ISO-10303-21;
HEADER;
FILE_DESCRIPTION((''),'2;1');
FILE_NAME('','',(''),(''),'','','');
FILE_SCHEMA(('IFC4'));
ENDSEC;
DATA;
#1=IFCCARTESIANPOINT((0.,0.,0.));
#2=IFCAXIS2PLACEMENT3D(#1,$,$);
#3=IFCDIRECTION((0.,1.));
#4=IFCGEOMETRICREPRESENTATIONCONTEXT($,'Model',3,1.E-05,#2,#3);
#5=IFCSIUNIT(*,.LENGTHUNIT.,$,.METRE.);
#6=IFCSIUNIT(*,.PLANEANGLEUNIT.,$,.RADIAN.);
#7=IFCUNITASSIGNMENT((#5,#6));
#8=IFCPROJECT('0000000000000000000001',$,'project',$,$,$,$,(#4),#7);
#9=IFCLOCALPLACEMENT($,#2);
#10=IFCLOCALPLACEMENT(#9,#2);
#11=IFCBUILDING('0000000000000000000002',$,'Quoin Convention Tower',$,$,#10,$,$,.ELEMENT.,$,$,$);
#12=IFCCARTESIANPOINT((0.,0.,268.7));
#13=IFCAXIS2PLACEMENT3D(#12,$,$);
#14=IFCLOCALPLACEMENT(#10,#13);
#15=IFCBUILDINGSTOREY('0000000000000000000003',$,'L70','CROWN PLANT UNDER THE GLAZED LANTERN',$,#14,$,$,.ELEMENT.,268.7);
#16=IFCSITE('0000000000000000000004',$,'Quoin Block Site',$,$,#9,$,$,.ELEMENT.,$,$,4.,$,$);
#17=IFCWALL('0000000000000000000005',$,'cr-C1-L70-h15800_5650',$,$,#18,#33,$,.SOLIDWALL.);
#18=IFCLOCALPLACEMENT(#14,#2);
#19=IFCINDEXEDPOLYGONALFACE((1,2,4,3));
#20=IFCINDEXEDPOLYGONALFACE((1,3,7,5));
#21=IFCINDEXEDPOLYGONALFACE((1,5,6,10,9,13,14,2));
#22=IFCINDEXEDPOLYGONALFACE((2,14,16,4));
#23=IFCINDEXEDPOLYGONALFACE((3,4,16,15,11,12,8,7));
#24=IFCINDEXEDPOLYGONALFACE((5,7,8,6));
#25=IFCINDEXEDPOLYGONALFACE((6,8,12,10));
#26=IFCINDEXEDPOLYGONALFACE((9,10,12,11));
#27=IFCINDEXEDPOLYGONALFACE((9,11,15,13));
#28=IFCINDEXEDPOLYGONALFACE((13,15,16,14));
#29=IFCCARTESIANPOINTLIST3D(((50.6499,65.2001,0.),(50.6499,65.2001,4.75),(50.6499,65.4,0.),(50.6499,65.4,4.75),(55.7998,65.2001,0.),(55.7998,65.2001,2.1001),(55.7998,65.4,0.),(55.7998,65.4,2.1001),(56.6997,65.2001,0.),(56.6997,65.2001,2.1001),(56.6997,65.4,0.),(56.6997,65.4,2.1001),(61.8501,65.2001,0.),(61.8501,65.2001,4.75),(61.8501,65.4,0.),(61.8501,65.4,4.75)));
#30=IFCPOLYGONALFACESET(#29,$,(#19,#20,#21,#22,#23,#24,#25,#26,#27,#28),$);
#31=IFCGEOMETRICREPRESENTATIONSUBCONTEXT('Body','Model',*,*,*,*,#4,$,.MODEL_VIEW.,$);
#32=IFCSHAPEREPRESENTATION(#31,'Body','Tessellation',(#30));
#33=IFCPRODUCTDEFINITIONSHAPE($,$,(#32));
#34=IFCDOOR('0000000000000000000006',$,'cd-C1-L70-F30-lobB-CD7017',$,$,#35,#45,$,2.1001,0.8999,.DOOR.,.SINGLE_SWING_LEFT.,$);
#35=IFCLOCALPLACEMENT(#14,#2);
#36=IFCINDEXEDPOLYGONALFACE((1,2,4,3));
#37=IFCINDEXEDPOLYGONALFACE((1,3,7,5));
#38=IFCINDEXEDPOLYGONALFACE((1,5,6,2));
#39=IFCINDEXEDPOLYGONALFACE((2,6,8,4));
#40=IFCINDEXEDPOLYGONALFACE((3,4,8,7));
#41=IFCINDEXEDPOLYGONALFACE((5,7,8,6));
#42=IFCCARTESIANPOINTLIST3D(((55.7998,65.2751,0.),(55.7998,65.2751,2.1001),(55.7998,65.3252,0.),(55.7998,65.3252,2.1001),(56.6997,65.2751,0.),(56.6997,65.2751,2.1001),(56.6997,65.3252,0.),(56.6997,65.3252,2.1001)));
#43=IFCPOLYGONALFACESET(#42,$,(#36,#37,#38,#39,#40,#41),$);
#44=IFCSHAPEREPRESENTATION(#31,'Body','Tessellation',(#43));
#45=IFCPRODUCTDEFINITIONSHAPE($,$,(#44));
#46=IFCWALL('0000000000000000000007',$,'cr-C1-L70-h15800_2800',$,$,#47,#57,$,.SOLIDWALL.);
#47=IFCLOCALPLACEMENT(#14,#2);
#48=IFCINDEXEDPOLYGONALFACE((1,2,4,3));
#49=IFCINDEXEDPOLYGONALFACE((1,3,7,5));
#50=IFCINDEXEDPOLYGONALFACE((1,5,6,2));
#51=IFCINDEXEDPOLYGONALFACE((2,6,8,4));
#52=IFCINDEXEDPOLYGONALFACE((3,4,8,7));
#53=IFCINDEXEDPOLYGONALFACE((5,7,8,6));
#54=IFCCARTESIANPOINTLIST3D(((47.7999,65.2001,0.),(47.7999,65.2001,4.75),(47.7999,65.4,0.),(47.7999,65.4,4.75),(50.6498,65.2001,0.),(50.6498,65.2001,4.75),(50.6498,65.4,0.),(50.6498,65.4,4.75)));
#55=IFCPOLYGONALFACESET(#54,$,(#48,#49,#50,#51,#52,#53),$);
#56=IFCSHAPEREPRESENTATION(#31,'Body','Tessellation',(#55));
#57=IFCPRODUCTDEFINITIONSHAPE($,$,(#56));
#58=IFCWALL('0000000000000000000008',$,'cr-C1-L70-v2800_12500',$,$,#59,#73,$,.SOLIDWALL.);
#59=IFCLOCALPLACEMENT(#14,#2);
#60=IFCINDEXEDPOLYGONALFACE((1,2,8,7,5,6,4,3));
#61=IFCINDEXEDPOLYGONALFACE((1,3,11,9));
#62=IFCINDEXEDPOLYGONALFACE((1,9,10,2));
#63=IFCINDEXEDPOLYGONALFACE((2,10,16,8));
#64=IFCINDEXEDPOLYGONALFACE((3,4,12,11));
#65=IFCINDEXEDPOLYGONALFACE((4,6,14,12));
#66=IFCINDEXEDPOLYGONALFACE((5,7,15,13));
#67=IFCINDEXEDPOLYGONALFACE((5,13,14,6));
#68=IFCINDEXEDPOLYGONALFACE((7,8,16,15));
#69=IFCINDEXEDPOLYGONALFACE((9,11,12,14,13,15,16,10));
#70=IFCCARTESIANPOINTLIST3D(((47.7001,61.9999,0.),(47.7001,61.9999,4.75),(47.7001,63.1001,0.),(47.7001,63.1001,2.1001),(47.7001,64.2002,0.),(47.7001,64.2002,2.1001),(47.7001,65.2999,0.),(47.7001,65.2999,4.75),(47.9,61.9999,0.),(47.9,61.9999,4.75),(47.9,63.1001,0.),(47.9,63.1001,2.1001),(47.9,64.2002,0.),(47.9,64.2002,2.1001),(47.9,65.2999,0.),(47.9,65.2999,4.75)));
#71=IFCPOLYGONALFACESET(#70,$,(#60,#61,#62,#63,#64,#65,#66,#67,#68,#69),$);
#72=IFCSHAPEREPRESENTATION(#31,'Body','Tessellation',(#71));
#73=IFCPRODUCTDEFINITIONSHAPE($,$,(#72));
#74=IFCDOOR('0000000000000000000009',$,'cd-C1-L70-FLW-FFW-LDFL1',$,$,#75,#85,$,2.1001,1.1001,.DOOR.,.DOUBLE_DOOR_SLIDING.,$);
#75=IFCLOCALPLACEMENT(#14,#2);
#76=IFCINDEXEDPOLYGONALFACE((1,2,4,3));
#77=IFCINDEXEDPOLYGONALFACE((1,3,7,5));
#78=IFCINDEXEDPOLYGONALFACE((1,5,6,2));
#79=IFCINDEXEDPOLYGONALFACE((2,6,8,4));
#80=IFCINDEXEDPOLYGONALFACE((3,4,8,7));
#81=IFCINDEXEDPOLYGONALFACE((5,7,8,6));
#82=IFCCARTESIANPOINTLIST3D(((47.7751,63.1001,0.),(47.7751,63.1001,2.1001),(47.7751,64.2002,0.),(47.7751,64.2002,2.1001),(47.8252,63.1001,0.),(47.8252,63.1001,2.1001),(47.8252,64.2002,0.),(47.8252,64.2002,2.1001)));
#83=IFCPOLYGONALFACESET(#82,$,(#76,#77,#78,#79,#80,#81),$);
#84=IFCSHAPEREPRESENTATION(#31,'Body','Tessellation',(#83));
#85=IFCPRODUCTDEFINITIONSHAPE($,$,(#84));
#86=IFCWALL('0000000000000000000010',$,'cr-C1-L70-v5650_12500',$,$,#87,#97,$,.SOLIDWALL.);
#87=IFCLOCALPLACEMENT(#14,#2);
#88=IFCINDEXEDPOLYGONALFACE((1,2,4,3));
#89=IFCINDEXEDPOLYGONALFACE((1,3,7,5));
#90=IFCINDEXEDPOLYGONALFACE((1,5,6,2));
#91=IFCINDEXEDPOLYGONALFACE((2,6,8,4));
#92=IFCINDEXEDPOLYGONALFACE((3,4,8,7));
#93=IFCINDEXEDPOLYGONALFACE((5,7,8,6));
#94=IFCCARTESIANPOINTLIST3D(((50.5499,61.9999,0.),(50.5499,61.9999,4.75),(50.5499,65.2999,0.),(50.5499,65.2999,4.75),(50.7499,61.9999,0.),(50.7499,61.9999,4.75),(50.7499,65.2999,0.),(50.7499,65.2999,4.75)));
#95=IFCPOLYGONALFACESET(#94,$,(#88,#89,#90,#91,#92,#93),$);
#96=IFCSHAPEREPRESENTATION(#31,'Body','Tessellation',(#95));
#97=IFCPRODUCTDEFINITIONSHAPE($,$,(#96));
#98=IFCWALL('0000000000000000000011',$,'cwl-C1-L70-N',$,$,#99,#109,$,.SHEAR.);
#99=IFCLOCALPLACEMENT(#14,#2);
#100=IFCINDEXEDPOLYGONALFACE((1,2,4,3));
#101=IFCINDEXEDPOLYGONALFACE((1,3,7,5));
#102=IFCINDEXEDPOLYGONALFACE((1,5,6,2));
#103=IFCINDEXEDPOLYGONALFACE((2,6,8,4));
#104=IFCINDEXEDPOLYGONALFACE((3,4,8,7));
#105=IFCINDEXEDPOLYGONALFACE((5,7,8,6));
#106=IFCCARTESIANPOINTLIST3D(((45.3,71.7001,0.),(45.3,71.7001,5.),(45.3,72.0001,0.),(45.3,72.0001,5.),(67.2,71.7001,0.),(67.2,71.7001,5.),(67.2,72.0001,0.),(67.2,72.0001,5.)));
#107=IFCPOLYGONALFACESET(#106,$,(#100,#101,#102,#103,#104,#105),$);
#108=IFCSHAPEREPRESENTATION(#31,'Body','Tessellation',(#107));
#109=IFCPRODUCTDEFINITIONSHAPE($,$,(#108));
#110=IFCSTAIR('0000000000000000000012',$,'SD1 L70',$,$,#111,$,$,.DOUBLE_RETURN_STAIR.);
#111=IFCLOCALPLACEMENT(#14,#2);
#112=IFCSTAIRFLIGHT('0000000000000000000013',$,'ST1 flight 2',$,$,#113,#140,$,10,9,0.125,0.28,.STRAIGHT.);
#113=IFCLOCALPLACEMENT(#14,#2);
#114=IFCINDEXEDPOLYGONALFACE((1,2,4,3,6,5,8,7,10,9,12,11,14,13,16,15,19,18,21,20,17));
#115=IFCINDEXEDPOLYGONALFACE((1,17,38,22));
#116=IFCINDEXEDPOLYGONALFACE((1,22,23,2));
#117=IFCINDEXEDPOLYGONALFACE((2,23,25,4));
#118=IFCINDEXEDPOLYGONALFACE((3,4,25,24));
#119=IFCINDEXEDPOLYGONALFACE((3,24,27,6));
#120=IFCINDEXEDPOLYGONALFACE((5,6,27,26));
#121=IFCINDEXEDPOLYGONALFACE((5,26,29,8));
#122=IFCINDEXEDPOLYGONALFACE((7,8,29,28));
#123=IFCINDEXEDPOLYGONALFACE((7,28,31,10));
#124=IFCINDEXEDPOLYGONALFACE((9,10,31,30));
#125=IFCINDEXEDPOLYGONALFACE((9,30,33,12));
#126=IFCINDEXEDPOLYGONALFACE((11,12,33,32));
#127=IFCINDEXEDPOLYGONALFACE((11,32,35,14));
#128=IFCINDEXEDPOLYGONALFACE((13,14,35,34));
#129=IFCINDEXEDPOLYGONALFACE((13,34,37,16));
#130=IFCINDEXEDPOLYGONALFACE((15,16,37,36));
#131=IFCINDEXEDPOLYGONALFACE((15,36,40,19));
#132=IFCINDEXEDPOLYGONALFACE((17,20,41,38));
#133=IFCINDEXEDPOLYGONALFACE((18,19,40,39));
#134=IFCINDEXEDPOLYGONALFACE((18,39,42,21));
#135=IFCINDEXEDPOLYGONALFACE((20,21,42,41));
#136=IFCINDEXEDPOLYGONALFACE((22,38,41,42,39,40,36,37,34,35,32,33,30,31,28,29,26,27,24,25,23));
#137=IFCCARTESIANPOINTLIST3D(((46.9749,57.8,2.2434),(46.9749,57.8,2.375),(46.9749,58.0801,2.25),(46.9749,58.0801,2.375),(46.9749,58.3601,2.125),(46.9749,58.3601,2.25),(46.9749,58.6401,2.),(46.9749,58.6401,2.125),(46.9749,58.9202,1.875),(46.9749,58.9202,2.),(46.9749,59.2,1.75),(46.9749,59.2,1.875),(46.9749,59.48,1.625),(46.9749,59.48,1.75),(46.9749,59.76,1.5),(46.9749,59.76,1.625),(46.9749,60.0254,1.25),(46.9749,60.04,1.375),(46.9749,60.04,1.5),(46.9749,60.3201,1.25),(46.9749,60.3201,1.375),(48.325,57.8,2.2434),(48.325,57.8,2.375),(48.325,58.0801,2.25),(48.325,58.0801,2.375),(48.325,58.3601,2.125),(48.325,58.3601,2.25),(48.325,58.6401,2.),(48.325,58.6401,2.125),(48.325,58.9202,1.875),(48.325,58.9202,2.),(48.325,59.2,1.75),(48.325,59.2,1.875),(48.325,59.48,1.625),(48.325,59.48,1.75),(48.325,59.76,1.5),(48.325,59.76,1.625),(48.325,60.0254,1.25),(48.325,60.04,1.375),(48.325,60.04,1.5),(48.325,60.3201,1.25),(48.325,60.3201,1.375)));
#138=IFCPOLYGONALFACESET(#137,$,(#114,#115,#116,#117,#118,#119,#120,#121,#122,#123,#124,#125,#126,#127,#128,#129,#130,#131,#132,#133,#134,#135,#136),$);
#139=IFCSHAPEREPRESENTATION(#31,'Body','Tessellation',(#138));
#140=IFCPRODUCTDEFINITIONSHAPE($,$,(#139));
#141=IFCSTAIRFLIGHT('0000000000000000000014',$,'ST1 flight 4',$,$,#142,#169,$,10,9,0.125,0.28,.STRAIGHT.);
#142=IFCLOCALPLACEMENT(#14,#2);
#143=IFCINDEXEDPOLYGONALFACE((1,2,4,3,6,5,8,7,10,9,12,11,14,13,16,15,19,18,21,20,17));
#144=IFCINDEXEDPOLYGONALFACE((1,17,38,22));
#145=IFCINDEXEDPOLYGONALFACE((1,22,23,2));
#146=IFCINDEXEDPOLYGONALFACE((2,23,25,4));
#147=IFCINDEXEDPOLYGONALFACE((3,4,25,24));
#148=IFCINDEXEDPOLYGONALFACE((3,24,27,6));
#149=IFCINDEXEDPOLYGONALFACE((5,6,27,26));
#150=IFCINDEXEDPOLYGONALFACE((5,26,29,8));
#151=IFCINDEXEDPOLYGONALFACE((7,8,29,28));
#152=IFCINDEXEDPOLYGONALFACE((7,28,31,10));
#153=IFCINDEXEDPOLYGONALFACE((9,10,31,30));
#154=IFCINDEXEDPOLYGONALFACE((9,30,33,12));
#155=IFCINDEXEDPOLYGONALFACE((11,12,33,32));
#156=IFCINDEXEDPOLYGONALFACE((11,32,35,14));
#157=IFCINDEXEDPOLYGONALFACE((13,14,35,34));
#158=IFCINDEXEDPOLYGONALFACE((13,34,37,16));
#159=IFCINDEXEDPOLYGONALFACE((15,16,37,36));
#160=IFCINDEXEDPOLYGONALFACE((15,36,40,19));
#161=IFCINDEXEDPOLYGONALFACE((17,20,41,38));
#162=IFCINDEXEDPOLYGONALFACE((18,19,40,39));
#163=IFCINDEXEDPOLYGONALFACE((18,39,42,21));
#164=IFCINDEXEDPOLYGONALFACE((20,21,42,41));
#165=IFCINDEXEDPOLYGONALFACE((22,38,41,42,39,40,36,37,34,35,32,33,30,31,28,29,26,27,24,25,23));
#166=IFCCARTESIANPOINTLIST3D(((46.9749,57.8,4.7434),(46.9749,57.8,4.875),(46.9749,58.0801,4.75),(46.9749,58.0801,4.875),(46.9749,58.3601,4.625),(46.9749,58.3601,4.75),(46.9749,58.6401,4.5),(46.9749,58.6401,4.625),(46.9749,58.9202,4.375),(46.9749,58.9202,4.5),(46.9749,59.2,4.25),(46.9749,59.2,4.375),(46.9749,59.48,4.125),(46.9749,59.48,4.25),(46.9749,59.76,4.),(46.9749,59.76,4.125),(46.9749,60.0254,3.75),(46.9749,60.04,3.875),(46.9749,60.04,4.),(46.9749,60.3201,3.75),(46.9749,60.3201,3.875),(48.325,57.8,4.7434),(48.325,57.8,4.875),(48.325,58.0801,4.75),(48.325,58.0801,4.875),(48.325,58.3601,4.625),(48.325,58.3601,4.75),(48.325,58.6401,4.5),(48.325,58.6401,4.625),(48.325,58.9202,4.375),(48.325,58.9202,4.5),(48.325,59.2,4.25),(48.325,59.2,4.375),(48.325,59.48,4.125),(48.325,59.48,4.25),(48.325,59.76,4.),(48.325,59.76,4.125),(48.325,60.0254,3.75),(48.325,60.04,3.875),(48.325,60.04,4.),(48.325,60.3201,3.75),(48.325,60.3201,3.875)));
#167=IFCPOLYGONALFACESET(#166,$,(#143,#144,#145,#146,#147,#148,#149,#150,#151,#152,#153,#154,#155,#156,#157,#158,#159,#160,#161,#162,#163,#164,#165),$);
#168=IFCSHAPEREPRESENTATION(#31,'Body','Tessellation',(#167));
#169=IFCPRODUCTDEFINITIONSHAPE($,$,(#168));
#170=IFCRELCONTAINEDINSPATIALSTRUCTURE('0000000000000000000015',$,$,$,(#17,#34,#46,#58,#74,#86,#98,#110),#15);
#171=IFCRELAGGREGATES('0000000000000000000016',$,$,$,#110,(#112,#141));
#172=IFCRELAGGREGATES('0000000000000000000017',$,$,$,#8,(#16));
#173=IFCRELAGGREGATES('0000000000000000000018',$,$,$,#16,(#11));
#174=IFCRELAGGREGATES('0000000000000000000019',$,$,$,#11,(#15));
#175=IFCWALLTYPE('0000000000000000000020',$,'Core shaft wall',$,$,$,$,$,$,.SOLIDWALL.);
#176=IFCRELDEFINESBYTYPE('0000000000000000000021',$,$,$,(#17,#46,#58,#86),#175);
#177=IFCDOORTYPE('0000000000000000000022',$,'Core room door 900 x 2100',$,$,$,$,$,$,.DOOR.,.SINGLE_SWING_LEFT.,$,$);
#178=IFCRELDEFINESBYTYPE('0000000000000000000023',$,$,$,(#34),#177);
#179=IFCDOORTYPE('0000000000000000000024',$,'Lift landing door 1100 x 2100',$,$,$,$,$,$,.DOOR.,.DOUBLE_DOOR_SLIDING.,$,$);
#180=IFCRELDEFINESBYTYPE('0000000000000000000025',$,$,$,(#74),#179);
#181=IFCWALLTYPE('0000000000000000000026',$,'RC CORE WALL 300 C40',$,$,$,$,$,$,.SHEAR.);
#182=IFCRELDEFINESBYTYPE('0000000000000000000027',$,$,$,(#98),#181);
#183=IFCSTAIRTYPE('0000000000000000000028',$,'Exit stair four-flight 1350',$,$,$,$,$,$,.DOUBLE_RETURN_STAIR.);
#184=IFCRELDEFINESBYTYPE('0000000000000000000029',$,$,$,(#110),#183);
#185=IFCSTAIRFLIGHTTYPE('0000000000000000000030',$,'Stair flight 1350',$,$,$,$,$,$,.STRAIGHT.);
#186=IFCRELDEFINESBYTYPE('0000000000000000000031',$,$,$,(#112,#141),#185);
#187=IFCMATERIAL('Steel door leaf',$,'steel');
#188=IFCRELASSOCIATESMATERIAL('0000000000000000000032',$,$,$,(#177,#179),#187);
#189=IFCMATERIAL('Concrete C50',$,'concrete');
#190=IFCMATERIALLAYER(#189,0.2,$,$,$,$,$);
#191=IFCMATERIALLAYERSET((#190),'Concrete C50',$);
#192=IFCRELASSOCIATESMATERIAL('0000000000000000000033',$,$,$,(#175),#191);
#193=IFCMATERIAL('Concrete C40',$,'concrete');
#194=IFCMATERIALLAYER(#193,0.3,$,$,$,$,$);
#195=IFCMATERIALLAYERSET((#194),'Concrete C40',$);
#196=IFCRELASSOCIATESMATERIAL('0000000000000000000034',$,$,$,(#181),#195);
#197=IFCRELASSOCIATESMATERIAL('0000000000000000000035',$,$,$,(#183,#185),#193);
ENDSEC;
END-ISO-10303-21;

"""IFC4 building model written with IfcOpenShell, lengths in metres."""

from ifc_helpers import new_model, si_unit, direction, frame, frame_2d, origin, place, context, subcontext, project, spatial, polyline, rectangle, outline, extrude, material, layer, layer_set, type_object, element, fill, aggregate, save


model = new_model("IFC4")

# Units and contexts
model_context = context("Model", 3, precision=1e-05, world=origin(), true_north=direction((0.0, 1.0)))
body_context = subcontext(model_context, "Body", "Model", "MODEL_VIEW")
ifc_project = project(units=[si_unit("LENGTHUNIT", "METRE"), si_unit("PLANEANGLEUNIT", "RADIAN")], contexts=[model_context])

# Site, building, storey
site_placement = place(None, origin())
site = spatial("IfcSite", under=ifc_project, at=site_placement, Name="Quoin Block Site", CompositionType="ELEMENT", RefElevation=4.0)
building_placement = place(site_placement, origin())
building = spatial("IfcBuilding", under=site, at=building_placement, Name="Quoin Convention Tower", CompositionType="ELEMENT")
storey_placement = place(building_placement, frame((0.0, 0.0, 268.7)))
storey = spatial("IfcBuildingStorey", under=building, at=storey_placement, Name="L70", Description="CROWN PLANT UNDER THE GLAZED LANTERN", CompositionType="ELEMENT", Elevation=268.7)

# Shared definitions
ifc_material_1 = material(Name="Steel door leaf", Category="steel")
door_type_1 = type_object("IfcDoorType", Name="Core room door 900 x 2100", OperationType="SINGLE_SWING_LEFT", PredefinedType="DOOR", material=ifc_material_1)

# Shared definitions
ifc_material_2 = material(Name="Concrete C50", Category="concrete")
ifc_layer_1 = layer(ifc_material_2, 0.2)
ifc_layer_set_1 = layer_set([ifc_layer_1], Name="Concrete C50")
wall_type_1 = type_object("IfcWallType", Name="Core shaft wall", PredefinedType="SOLIDWALL", material=ifc_layer_set_1)

# Wall, opening, door
wall_1_placement = place(storey_placement, frame((50.6499, 65.3, 0.0), z_axis=(0.0, 0.0, 1.0), x_axis=(1.0, 0.0, 0.0)))
wall_1 = element("IfcWall", 1, at=wall_1_placement, inside=storey, type_object=wall_type_1, Name="cr-C1-L70-h15800_5650", PredefinedType="SOLIDWALL", context=body_context, shape_type="SweptSolid", body=[
    extrude(rectangle(XDim=11.2002, YDim=0.2, at=frame_2d((5.6001, 0.0))), origin(), (0.0, 0.0, 1.0), 4.75),
])
opening_1_placement = place(wall_1_placement, frame((5.1499, 0.0, 0.0)))
opening_1 = element("IfcOpeningElement", 2, at=opening_1_placement, cuts=wall_1, PredefinedType="OPENING", context=body_context, shape_type="SweptSolid", body=[
    extrude(rectangle(XDim=0.8999, YDim=2.1001, at=frame_2d((0.45, 1.05))), frame((0.0, 0.1099, 0.0), z_axis=(0.0, -1.0, 0.0), x_axis=(1.0, 0.0, 0.0)), (0.0, 0.0, 1.0), 0.22),
])
door_1_placement = place(opening_1_placement, frame((0.8999, 0.0, 0.0), z_axis=(0.0, 0.0, 1.0), x_axis=(-1.0, 0.0, 0.0)))
door_1 = element("IfcDoor", 3, at=door_1_placement, inside=storey, type_object=door_type_1, Name="cd-C1-L70-F30-lobB-CD7017", OperationType="SINGLE_SWING_LEFT", OverallHeight=2.1001, OverallWidth=0.8999, PredefinedType="DOOR", context=body_context, shape_type="SweptSolid", body=[
    extrude(rectangle(XDim=0.8999, YDim=2.1001, at=frame_2d((0.45, 1.05))), frame((0.0, 0.0249, 0.0), z_axis=(0.0, -1.0, 0.0), x_axis=(1.0, 0.0, 0.0)), (0.0, 0.0, 1.0), 0.05),
])
fill(opening_1, door_1)

# Wall
wall_2_placement = place(storey_placement, frame((47.8, 65.3, 0.0), z_axis=(0.0, 0.0, 1.0), x_axis=(1.0, 0.0, 0.0)))
element("IfcWall", 4, at=wall_2_placement, inside=storey, type_object=wall_type_1, Name="cr-C1-L70-h15800_2800", PredefinedType="SOLIDWALL", context=body_context, shape_type="SweptSolid", body=[
    extrude(rectangle(XDim=2.8499, YDim=0.2, at=frame_2d((1.4248, 0.0))), origin(), (0.0, 0.0, 1.0), 4.75),
])

# Wall, opening, door
wall_3_placement = place(storey_placement, frame((47.8, 62.0, 0.0), z_axis=(0.0, 0.0, 1.0), x_axis=(0.0, 1.0, 0.0)))
wall_3 = element("IfcWall", 5, at=wall_3_placement, inside=storey, type_object=wall_type_1, Name="cr-C1-L70-v2800_12500", PredefinedType="SOLIDWALL", context=body_context, shape_type="SweptSolid", body=[
    extrude(rectangle(XDim=3.3, YDim=0.2, at=frame_2d((1.6499, 0.0))), origin(), (0.0, 0.0, 1.0), 4.75),
])
opening_2_placement = place(wall_3_placement, frame((1.1001, 0.0, 0.0)))
opening_2 = element("IfcOpeningElement", 6, at=opening_2_placement, cuts=wall_3, PredefinedType="OPENING", context=body_context, shape_type="SweptSolid", body=[
    extrude(rectangle(XDim=1.1001, YDim=2.1001, at=frame_2d((0.55, 1.05))), frame((0.0, 0.1099, 0.0), z_axis=(0.0, -1.0, 0.0), x_axis=(1.0, 0.0, 0.0)), (0.0, 0.0, 1.0), 0.22),
])
door_type_2 = type_object("IfcDoorType", Name="Lift landing door 1100 x 2100", OperationType="DOUBLE_DOOR_SLIDING", PredefinedType="DOOR", material=ifc_material_1)
door_2_placement = place(opening_2_placement, origin())
door_2 = element("IfcDoor", 7, at=door_2_placement, inside=storey, type_object=door_type_2, Name="cd-C1-L70-FLW-FFW-LDFL1", OperationType="DOUBLE_DOOR_SLIDING", OverallHeight=2.1001, OverallWidth=1.1001, PredefinedType="DOOR", context=body_context, shape_type="SweptSolid", body=[
    extrude(rectangle(XDim=1.1001, YDim=2.1001, at=frame_2d((0.55, 1.05))), frame((0.0, 0.0249, 0.0), z_axis=(0.0, -1.0, 0.0), x_axis=(1.0, 0.0, 0.0)), (0.0, 0.0, 1.0), 0.05),
])
fill(opening_2, door_2)

# Walls
wall_4_placement = place(storey_placement, frame((50.6499, 62.0, 0.0), z_axis=(0.0, 0.0, 1.0), x_axis=(0.0, 1.0, 0.0)))
element("IfcWall", 8, at=wall_4_placement, inside=storey, type_object=wall_type_1, Name="cr-C1-L70-v5650_12500", PredefinedType="SOLIDWALL", context=body_context, shape_type="SweptSolid", body=[
    extrude(rectangle(XDim=3.3, YDim=0.2, at=frame_2d((1.6499, 0.0))), origin(), (0.0, 0.0, 1.0), 4.75),
])
ifc_material_3 = material(Name="Concrete C40", Category="concrete")
ifc_layer_2 = layer(ifc_material_3, 0.3)
ifc_layer_set_2 = layer_set([ifc_layer_2], Name="Concrete C40")
wall_type_2 = type_object("IfcWallType", Name="RC CORE WALL 300 C40", PredefinedType="SHEAR", material=ifc_layer_set_2)
wall_5_placement = place(storey_placement, frame((45.3, 71.8501, 0.0), z_axis=(0.0, 0.0, 1.0), x_axis=(1.0, 0.0, 0.0)))
element("IfcWall", 9, at=wall_5_placement, inside=storey, type_object=wall_type_2, Name="cwl-C1-L70-N", PredefinedType="SHEAR", context=body_context, shape_type="SweptSolid", body=[
    extrude(rectangle(XDim=21.8999, YDim=0.3, at=frame_2d((10.95, 0.0))), origin(), (0.0, 0.0, 1.0), 5.0),
])

# Stair, stair flights
stair_type = type_object("IfcStairType", Name="Exit stair four-flight 1350", PredefinedType="DOUBLE_RETURN_STAIR", material=ifc_material_3)
stair_placement = place(storey_placement, origin())
stair = element("IfcStair", 10, at=stair_placement, inside=storey, type_object=stair_type, Name="SD1 L70", PredefinedType="DOUBLE_RETURN_STAIR")
stair_flight_type = type_object("IfcStairFlightType", Name="Stair flight 1350", PredefinedType="STRAIGHT", material=ifc_material_3)
stair_flight_1_placement = place(storey_placement, frame((47.6499, 60.3201, 1.25), z_axis=(0.0, 0.0, 1.0), x_axis=(0.0, -1.0, 0.0)))
stair_flight_1 = element("IfcStairFlight", 11, at=stair_flight_1_placement, type_object=stair_flight_type, Name="ST1 flight 2", NumberOfRisers=10, NumberOfTreads=9, PredefinedType="STRAIGHT", RiserHeight=0.125, TreadLength=0.28, context=body_context, shape_type="SweptSolid", body=[
    extrude(outline(polyline([(0.0, 0.0), (0.0, 0.125), (0.28, 0.125), (0.28, 0.25), (0.5601, 0.25), (0.5601, 0.375), (0.8401, 0.375), (0.8401, 0.5), (1.1201, 0.5), (1.1201, 0.625), (1.3999, 0.625), (1.3999, 0.75), (1.6799, 0.75), (1.6799, 0.875), (1.96, 0.875), (1.96, 1.0), (2.24, 1.0), (2.24, 1.125), (2.52, 1.125), (2.52, 1.25), (2.52, 0.9934), (0.2947, 0.0), (0.0, 0.0)])), frame((0.0, 0.675, 0.0), z_axis=(0.0, -1.0, 0.0), x_axis=(1.0, 0.0, 0.0)), (0.0, 0.0, 1.0), 1.3501),
])
stair_flight_2_placement = place(storey_placement, frame((47.6499, 60.3201, 3.75), z_axis=(0.0, 0.0, 1.0), x_axis=(0.0, -1.0, 0.0)))
stair_flight_2 = element("IfcStairFlight", 12, at=stair_flight_2_placement, type_object=stair_flight_type, Name="ST1 flight 4", NumberOfRisers=10, NumberOfTreads=9, PredefinedType="STRAIGHT", RiserHeight=0.125, TreadLength=0.28, context=body_context, shape_type="SweptSolid", body=[
    extrude(outline(polyline([(0.0, 0.0), (0.0, 0.125), (0.28, 0.125), (0.28, 0.25), (0.5601, 0.25), (0.5601, 0.375), (0.8401, 0.375), (0.8401, 0.5), (1.1201, 0.5), (1.1201, 0.625), (1.3999, 0.625), (1.3999, 0.75), (1.6799, 0.75), (1.6799, 0.875), (1.96, 0.875), (1.96, 1.0), (2.24, 1.0), (2.24, 1.125), (2.52, 1.125), (2.52, 1.25), (2.52, 0.9934), (0.2947, 0.0), (0.0, 0.0)])), frame((0.0, 0.675, 0.0), z_axis=(0.0, -1.0, 0.0), x_axis=(1.0, 0.0, 0.0)), (0.0, 0.0, 1.0), 1.3501),
])
aggregate(stair, [stair_flight_1, stair_flight_2])

save(model, "model.ifc")
